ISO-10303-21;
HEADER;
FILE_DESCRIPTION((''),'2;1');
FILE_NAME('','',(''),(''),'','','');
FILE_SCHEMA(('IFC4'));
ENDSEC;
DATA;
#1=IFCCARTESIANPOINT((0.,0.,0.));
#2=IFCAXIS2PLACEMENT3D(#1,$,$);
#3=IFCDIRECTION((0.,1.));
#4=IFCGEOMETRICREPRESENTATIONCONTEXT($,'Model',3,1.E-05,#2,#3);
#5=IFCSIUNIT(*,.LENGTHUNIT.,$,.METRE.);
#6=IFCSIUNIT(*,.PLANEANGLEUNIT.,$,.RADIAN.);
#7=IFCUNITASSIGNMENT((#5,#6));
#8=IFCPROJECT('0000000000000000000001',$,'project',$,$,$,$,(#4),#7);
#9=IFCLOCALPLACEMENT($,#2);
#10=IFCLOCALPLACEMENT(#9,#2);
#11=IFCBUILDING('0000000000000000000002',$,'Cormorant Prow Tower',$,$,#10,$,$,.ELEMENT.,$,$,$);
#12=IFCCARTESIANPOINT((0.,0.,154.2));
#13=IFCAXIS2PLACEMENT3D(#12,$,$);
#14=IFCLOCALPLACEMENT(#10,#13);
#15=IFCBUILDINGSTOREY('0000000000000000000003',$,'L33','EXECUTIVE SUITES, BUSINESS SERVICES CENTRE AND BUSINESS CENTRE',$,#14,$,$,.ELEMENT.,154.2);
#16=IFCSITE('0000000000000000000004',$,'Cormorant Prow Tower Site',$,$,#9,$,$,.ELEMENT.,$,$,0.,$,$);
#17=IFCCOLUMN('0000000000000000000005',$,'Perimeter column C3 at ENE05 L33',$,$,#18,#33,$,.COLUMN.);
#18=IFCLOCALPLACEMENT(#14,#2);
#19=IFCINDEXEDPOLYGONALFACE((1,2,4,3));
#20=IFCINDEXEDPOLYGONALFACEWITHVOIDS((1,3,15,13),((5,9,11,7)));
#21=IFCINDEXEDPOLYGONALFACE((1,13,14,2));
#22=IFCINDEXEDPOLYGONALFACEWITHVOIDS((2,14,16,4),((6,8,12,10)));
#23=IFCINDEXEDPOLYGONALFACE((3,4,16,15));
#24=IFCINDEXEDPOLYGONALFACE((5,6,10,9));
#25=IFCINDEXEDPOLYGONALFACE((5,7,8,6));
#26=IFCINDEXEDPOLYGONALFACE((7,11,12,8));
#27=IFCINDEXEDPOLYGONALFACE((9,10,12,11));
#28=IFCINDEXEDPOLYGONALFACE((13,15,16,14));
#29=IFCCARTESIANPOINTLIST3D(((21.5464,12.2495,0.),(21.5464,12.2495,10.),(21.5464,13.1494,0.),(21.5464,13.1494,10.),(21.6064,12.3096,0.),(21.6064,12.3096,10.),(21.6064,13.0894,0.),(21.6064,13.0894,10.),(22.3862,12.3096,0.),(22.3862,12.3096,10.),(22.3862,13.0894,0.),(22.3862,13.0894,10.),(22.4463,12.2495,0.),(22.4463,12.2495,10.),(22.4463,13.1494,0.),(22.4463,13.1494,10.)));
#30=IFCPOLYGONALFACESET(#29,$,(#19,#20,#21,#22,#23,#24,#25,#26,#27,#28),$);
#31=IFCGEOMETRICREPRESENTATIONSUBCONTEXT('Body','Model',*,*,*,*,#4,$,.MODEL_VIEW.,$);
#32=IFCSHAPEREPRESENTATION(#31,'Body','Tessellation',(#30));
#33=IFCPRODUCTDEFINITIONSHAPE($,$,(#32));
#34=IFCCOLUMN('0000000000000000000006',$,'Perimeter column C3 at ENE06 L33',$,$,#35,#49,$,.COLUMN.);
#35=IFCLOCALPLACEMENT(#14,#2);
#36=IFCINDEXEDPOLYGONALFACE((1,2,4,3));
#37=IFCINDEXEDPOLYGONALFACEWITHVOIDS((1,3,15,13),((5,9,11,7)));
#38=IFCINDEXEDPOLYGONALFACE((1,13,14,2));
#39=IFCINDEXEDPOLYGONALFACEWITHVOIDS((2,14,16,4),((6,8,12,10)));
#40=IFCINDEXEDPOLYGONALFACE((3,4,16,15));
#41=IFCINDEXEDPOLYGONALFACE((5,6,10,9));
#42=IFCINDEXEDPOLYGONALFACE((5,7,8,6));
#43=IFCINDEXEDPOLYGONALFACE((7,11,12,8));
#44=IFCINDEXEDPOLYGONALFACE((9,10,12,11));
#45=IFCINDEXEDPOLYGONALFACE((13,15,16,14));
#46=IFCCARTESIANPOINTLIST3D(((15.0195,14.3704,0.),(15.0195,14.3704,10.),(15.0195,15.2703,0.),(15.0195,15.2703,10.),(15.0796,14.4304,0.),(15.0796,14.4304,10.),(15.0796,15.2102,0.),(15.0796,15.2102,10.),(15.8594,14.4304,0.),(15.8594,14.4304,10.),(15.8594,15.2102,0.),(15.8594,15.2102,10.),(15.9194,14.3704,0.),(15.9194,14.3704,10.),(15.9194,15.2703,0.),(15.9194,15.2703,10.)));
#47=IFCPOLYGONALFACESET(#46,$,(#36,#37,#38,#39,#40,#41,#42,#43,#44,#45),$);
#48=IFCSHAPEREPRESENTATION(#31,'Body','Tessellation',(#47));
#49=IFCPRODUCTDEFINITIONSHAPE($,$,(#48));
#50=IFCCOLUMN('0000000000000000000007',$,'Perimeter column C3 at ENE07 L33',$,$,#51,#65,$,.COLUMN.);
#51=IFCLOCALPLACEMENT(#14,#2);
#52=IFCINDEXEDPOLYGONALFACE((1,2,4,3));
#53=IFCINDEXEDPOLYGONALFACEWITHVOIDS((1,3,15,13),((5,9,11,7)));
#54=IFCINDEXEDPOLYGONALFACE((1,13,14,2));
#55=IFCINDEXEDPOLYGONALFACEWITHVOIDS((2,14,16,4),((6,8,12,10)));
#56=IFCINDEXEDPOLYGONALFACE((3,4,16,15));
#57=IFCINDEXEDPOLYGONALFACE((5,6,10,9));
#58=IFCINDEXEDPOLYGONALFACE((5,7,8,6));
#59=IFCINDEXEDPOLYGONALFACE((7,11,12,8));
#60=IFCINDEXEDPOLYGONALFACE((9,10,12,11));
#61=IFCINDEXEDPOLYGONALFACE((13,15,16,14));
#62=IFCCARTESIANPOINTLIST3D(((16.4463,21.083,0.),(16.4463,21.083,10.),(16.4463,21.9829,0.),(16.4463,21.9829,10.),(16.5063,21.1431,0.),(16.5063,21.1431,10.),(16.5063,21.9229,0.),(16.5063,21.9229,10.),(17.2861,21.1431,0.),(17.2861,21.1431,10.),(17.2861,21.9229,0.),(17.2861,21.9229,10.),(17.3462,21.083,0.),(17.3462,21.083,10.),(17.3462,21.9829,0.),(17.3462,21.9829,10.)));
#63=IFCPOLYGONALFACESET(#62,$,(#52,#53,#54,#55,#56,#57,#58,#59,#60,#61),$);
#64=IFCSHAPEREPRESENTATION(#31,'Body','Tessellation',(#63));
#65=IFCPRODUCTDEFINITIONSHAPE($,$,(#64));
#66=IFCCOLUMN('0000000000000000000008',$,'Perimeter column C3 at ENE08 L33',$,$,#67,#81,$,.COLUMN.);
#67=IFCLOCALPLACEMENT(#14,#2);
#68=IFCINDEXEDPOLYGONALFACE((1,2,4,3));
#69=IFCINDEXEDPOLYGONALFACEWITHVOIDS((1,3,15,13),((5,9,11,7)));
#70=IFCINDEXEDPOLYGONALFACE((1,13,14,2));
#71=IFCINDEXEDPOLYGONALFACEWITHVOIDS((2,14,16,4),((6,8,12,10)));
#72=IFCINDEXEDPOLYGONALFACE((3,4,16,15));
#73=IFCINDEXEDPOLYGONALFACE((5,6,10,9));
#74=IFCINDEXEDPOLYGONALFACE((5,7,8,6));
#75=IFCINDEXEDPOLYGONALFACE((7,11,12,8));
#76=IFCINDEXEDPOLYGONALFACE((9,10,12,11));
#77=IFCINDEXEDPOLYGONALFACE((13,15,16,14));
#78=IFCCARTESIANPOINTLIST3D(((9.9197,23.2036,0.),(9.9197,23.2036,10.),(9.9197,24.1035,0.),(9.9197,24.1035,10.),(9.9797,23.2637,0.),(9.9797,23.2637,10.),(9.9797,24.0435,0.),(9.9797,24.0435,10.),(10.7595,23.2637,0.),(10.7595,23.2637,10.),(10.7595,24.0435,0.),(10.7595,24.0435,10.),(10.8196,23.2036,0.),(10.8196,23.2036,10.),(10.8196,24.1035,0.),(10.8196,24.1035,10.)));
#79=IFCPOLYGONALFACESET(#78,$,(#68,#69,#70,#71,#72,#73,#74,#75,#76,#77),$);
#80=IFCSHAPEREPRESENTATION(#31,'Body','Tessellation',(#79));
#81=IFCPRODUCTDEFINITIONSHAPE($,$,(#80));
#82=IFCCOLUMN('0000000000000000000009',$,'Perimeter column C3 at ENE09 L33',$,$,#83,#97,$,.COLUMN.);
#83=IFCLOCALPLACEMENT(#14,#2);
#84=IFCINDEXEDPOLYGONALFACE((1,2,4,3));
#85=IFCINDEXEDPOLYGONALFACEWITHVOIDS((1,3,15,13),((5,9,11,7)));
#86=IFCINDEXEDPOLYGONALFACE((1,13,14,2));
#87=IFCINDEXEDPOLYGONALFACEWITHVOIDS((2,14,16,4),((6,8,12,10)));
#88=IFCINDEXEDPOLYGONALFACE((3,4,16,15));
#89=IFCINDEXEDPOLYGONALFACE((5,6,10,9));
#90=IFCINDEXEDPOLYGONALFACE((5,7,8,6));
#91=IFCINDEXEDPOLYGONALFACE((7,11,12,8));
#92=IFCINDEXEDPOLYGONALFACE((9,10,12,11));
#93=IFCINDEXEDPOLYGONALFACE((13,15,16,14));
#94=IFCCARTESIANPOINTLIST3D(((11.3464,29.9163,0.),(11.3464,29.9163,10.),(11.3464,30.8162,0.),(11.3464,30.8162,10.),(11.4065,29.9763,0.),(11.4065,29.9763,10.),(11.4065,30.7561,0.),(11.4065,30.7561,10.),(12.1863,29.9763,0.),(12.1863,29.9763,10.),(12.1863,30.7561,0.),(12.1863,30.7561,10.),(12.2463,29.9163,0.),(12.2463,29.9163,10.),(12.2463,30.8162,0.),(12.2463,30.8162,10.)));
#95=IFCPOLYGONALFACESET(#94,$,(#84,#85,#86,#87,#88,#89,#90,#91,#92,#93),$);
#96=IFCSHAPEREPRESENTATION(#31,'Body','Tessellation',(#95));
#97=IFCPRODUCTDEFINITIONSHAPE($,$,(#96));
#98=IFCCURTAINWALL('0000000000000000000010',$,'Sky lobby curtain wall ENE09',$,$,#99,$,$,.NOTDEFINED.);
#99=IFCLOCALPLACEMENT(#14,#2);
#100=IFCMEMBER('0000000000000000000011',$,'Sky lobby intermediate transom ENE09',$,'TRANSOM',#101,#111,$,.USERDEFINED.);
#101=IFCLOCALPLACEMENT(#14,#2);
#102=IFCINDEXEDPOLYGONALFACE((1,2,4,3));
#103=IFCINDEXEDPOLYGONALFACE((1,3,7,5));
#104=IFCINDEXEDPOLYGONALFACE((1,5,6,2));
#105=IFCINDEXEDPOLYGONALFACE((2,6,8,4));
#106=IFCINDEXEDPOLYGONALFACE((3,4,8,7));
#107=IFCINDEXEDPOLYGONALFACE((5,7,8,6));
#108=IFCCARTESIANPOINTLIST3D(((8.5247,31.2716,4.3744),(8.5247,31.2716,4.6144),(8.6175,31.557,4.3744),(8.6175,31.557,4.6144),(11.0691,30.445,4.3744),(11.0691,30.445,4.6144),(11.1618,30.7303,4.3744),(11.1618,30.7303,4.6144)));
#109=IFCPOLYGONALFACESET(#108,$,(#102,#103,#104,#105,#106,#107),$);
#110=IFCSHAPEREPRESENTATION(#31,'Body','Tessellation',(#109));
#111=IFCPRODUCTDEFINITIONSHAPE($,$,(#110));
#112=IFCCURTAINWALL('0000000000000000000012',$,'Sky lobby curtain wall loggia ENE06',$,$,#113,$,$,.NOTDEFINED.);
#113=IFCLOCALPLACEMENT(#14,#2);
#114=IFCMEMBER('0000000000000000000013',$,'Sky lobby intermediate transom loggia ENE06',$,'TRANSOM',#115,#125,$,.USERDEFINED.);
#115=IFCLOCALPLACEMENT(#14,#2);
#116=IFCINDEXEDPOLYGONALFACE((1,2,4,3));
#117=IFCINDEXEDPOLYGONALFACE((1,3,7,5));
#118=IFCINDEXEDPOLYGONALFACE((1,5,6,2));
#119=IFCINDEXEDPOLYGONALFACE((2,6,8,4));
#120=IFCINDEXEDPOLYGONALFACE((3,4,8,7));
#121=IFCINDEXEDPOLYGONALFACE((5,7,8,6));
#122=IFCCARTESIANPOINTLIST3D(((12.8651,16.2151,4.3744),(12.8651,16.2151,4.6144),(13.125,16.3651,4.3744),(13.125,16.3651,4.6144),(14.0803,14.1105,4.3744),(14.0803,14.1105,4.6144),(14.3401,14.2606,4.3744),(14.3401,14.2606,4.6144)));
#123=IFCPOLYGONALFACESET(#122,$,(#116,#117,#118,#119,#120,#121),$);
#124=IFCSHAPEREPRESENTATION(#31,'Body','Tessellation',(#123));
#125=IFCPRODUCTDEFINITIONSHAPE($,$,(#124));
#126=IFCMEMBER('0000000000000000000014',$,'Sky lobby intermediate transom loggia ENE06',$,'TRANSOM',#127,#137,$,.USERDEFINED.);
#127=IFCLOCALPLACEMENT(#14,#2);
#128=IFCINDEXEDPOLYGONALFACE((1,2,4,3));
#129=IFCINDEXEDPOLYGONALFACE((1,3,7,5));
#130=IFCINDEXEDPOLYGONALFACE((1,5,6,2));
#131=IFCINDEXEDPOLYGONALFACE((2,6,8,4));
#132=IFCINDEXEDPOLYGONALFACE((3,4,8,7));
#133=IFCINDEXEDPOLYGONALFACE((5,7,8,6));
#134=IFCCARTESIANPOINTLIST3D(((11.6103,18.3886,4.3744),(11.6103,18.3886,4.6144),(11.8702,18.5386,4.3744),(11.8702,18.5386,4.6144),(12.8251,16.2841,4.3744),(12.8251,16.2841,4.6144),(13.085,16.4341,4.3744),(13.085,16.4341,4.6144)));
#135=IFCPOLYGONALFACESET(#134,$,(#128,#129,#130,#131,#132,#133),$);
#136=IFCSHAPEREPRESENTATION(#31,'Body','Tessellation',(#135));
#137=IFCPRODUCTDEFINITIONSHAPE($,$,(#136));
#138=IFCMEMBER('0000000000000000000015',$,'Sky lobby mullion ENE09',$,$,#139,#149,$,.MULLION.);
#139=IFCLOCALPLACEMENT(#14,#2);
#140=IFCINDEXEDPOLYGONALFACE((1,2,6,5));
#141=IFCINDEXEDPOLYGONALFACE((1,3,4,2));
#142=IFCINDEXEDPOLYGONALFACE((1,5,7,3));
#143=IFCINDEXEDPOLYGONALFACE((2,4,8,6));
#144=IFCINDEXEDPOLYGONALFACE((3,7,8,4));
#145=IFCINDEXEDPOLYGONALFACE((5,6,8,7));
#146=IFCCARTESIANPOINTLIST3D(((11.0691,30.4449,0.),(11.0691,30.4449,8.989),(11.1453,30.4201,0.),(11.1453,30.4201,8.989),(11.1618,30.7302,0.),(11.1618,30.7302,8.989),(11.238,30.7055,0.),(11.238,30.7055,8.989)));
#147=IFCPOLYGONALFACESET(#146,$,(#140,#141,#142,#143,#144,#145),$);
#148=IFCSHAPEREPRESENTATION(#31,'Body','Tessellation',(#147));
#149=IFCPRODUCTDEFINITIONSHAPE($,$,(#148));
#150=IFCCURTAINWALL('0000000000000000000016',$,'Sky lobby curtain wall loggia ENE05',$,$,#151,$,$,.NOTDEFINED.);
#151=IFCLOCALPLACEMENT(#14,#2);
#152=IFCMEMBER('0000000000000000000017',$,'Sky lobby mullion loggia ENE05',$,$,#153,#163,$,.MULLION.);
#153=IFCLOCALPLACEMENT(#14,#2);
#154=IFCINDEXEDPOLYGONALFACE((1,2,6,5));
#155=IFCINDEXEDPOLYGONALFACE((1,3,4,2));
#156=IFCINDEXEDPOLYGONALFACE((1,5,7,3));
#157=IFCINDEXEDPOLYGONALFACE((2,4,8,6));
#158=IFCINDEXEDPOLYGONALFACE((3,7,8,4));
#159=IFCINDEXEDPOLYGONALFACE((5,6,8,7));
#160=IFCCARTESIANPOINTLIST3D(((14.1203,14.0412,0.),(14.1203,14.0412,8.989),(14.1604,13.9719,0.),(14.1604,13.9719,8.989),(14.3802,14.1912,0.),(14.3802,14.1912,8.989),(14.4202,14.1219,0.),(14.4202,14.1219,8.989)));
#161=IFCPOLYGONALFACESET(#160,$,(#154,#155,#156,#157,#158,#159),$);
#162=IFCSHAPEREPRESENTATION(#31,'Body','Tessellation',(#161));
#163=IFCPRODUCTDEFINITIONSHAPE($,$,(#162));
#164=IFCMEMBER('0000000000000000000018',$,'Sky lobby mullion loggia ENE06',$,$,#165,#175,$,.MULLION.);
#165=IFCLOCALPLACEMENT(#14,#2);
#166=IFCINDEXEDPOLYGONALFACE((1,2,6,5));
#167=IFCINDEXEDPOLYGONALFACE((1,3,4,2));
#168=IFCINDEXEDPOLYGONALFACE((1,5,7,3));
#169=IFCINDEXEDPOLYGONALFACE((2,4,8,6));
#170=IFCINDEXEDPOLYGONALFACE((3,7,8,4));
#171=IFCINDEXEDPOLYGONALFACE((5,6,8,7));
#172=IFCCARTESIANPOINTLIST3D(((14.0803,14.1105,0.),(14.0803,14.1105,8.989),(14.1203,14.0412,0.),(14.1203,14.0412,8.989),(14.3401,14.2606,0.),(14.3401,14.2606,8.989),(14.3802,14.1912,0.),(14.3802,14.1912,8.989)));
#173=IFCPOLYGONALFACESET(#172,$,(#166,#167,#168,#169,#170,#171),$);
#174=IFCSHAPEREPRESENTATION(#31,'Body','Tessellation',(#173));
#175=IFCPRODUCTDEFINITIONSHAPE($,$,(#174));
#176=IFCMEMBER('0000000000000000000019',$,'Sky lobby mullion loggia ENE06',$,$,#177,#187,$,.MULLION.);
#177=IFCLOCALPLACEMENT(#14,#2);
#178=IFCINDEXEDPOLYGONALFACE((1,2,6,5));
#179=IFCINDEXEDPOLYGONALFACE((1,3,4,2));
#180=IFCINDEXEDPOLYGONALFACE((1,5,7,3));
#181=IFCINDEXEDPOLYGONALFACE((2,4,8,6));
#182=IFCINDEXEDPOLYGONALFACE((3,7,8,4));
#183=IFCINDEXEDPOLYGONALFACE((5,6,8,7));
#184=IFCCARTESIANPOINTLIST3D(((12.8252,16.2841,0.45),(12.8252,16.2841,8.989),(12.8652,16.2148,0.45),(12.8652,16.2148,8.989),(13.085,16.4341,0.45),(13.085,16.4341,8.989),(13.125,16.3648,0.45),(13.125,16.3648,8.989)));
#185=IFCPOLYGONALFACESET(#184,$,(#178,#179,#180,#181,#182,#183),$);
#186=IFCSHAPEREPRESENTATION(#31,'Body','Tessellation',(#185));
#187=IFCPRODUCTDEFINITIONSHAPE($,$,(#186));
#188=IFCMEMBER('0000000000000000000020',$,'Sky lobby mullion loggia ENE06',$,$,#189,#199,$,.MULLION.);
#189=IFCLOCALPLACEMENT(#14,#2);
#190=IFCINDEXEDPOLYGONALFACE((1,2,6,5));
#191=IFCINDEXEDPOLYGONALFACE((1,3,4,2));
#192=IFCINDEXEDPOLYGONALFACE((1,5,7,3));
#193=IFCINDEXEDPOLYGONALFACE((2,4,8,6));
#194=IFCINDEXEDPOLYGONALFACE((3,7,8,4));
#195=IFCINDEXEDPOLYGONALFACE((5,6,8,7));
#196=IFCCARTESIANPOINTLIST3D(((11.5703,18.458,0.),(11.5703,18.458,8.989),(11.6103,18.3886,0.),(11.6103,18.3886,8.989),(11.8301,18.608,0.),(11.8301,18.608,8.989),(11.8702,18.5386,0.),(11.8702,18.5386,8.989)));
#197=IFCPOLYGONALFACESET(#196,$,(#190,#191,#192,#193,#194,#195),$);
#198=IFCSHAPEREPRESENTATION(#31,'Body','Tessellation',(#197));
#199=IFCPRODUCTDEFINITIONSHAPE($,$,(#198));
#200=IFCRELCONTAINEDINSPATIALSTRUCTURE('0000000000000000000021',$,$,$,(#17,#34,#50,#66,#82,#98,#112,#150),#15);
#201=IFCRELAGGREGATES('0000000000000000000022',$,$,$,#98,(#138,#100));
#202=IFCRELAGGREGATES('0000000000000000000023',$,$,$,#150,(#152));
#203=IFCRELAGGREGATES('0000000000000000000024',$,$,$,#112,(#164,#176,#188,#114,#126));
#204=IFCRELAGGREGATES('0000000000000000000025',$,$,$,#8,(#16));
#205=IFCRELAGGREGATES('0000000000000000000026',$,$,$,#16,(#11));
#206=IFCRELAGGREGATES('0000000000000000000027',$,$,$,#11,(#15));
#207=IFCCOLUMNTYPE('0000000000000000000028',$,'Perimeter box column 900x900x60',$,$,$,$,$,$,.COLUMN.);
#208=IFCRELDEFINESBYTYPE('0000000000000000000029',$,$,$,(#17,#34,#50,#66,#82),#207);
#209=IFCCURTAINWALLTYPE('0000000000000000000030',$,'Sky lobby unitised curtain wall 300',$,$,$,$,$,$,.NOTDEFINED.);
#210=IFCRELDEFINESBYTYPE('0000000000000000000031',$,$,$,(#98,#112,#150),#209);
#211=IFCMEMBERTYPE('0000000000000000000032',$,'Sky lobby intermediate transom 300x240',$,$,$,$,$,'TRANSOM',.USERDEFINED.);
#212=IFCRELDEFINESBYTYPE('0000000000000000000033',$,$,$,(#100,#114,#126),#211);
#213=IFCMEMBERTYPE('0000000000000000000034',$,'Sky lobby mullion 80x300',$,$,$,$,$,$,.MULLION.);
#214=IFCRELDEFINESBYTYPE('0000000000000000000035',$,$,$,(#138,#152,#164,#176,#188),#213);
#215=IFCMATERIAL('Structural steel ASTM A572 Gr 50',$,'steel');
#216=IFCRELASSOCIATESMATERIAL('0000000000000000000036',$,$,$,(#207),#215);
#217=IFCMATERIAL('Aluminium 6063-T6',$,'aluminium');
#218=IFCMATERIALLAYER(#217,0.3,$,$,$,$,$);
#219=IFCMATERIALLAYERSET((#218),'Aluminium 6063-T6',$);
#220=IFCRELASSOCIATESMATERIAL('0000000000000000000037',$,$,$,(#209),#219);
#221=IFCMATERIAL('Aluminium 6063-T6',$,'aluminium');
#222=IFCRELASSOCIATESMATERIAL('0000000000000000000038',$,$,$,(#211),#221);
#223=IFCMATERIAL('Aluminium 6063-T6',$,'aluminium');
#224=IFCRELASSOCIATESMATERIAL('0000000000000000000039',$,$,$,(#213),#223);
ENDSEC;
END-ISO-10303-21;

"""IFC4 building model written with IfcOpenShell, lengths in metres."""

from ifc_helpers import new_model, si_unit, direction, frame, origin, origin_2d, place, context, subcontext, project, spatial, rectangle, hollow_rectangle, extrude, material, layer, layer_set, material_profile, profile_set, type_object, element, aggregate, save


model = new_model("IFC4")

# Units and contexts
model_context = context("Model", 3, precision=1e-05, world=origin(), true_north=direction((0.0, 1.0)))
body_context = subcontext(model_context, "Body", "Model", "MODEL_VIEW")
ifc_project = project(units=[si_unit("LENGTHUNIT", "METRE"), si_unit("PLANEANGLEUNIT", "RADIAN")], contexts=[model_context])

# Site, building, storey
site_placement = place(None, origin())
site = spatial("IfcSite", under=ifc_project, at=site_placement, Name="Cormorant Prow Tower Site", CompositionType="ELEMENT", RefElevation=0.0)
building_placement = place(site_placement, origin())
building = spatial("IfcBuilding", under=site, at=building_placement, Name="Cormorant Prow Tower", CompositionType="ELEMENT")
storey_placement = place(building_placement, frame((0.0, 0.0, 154.2)))
storey = spatial("IfcBuildingStorey", under=building, at=storey_placement, Name="L33", Description="EXECUTIVE SUITES, BUSINESS SERVICES CENTRE AND BUSINESS CENTRE", CompositionType="ELEMENT", Elevation=154.2)

# Columns
ifc_material_1 = material(Name="Structural steel ASTM A572 Gr 50", Category="steel")
ifc_material_profile_1 = material_profile(ifc_material_1, hollow_rectangle(XDim=0.8999, YDim=0.8999, WallThickness=0.0601, at=origin_2d()), Name="Box 900x900x60")
ifc_profile_set_1 = profile_set([ifc_material_profile_1], Name="Structural steel ASTM A572 Gr 50")
column_type = type_object("IfcColumnType", Name="Perimeter box column 900x900x60", PredefinedType="COLUMN", material=ifc_profile_set_1)
for number, where, z_axis, x_axis, name in (
    (1, (21.9963, 12.6995, 0.0), (0.0, 0.0, 1.0), (1.0, 0.0, 0.0), "Perimeter column C3 at ENE05 L33"),
    (2, (15.4695, 14.8203, 0.0), (0.0, 0.0, 1.0), (1.0, 0.0, 0.0), "Perimeter column C3 at ENE06 L33"),
    (3, (16.8962, 21.533, 0.0), (0.0, 0.0, 1.0), (1.0, 0.0, 0.0), "Perimeter column C3 at ENE07 L33"),
    (4, (10.3696, 23.6536, 0.0), (0.0, 0.0, 1.0), (1.0, 0.0, 0.0), "Perimeter column C3 at ENE08 L33"),
    (5, (11.7964, 30.3662, 0.0), (0.0, 0.0, 1.0), (1.0, 0.0, 0.0), "Perimeter column C3 at ENE09 L33"),
):
    element("IfcColumn", number, at=place(storey_placement, frame(where, z_axis=z_axis, x_axis=x_axis)), inside=storey, type_object=column_type, Name=name, PredefinedType="COLUMN", context=body_context, shape_type="SweptSolid", body=[
        extrude(hollow_rectangle(XDim=0.8999, YDim=0.8999, WallThickness=0.0601, at=origin_2d()), origin(), (0.0, 0.0, 1.0), 10.0),
    ])

# Curtain wall, member
ifc_material_2 = material(Name="Aluminium 6063-T6", Category="aluminium")
ifc_layer_1 = layer(ifc_material_2, 0.3)
ifc_layer_set_1 = layer_set([ifc_layer_1], Name="Aluminium 6063-T6")
curtain_wall_type = type_object("IfcCurtainWallType", Name="Sky lobby unitised curtain wall 300", PredefinedType="NOTDEFINED", material=ifc_layer_set_1)
curtain_wall_1_placement = place(storey_placement, origin())
curtain_wall_1 = element("IfcCurtainWall", 6, at=curtain_wall_1_placement, inside=storey, type_object=curtain_wall_type, Name="Sky lobby curtain wall ENE09", PredefinedType="NOTDEFINED")
ifc_material_3 = material(Name="Aluminium 6063-T6", Category="aluminium")
ifc_material_profile_2 = material_profile(ifc_material_3, rectangle(XDim=0.3, YDim=0.24, at=origin_2d()), Name="Sky lobby intermediate transom 300x240")
ifc_profile_set_2 = profile_set([ifc_material_profile_2], Name="Aluminium 6063-T6")
member_type_1 = type_object("IfcMemberType", Name="Sky lobby intermediate transom 300x240", ElementType="TRANSOM", PredefinedType="USERDEFINED", material=ifc_profile_set_2)
member_1_placement = place(storey_placement, frame((11.1155, 30.5876, 4.4944), z_axis=(-0.951065, 0.308991, 0.0), x_axis=(-0.308991, -0.951065, 0.0)))
member_1 = element("IfcMember", 7, at=member_1_placement, type_object=member_type_1, Name="Sky lobby intermediate transom ENE09", ObjectType="TRANSOM", PredefinedType="USERDEFINED", context=body_context, shape_type="SweptSolid", body=[
    extrude(rectangle(XDim=0.3, YDim=0.24, at=origin_2d()), origin(), (0.0, 0.0, 1.0), 2.6753),
])

# Curtain wall, members
curtain_wall_2_placement = place(storey_placement, origin())
curtain_wall_2 = element("IfcCurtainWall", 8, at=curtain_wall_2_placement, inside=storey, type_object=curtain_wall_type, Name="Sky lobby curtain wall loggia ENE06", PredefinedType="NOTDEFINED")
member_2_placement = place(storey_placement, frame((14.2102, 14.1855, 4.4944), z_axis=(-0.500018, 0.866015, 0.0), x_axis=(-0.866015, -0.500018, 0.0)))
member_2 = element("IfcMember", 9, at=member_2_placement, type_object=member_type_1, Name="Sky lobby intermediate transom loggia ENE06", ObjectType="TRANSOM", PredefinedType="USERDEFINED", context=body_context, shape_type="SweptSolid", body=[
    extrude(rectangle(XDim=0.3, YDim=0.24, at=origin_2d()), origin(), (0.0, 0.0, 1.0), 2.4302),
])
member_3_placement = place(storey_placement, frame((12.9551, 16.3591, 4.4944), z_axis=(-0.499943, 0.866058, 0.0), x_axis=(-0.866058, -0.499943, 0.0)))
member_3 = element("IfcMember", 10, at=member_3_placement, type_object=member_type_1, Name="Sky lobby intermediate transom loggia ENE06", ObjectType="TRANSOM", PredefinedType="USERDEFINED", context=body_context, shape_type="SweptSolid", body=[
    extrude(rectangle(XDim=0.3, YDim=0.24, at=origin_2d()), origin(), (0.0, 0.0, 1.0), 2.4299),
])

# Member
ifc_material_4 = material(Name="Aluminium 6063-T6", Category="aluminium")
ifc_material_profile_3 = material_profile(ifc_material_4, rectangle(XDim=0.3, YDim=0.0801, at=origin_2d()), Name="Sky lobby mullion 80x300")
ifc_profile_set_3 = profile_set([ifc_material_profile_3], Name="Aluminium 6063-T6")
member_type_2 = type_object("IfcMemberType", Name="Sky lobby mullion 80x300", PredefinedType="MULLION", material=ifc_profile_set_3)
member_4_placement = place(storey_placement, frame((11.1536, 30.5752, 0.0), z_axis=(0.0, 0.0, 1.0), x_axis=(-0.309017, -0.951056, 0.0)))
member_4 = element("IfcMember", 11, at=member_4_placement, type_object=member_type_2, Name="Sky lobby mullion ENE09", PredefinedType="MULLION", context=body_context, shape_type="SweptSolid", body=[
    extrude(rectangle(XDim=0.3, YDim=0.0801, at=origin_2d()), origin(), (0.0, 0.0, 1.0), 8.989),
])

# Curtain wall, member
curtain_wall_3_placement = place(storey_placement, origin())
curtain_wall_3 = element("IfcCurtainWall", 12, at=curtain_wall_3_placement, inside=storey, type_object=curtain_wall_type, Name="Sky lobby curtain wall loggia ENE05", PredefinedType="NOTDEFINED")
member_5_placement = place(storey_placement, frame((14.2703, 14.0815, 0.0), z_axis=(0.0, 0.0, 1.0), x_axis=(-0.866025, -0.5, 0.0)))
member_5 = element("IfcMember", 13, at=member_5_placement, type_object=member_type_2, Name="Sky lobby mullion loggia ENE05", PredefinedType="MULLION", context=body_context, shape_type="SweptSolid", body=[
    extrude(rectangle(XDim=0.3, YDim=0.0801, at=origin_2d()), origin(), (0.0, 0.0, 1.0), 8.989),
])

# Members
member_6_placement = place(storey_placement, frame((14.2302, 14.1509, 0.0), z_axis=(0.0, 0.0, 1.0), x_axis=(-0.866025, -0.5, 0.0)))
member_6 = element("IfcMember", 14, at=member_6_placement, type_object=member_type_2, Name="Sky lobby mullion loggia ENE06", PredefinedType="MULLION", context=body_context, shape_type="SweptSolid", body=[
    extrude(rectangle(XDim=0.3, YDim=0.0801, at=origin_2d()), origin(), (0.0, 0.0, 1.0), 8.989),
])
member_7_placement = place(storey_placement, frame((12.9751, 16.3245, 0.45), z_axis=(0.0, 0.0, 1.0), x_axis=(-0.866025, -0.5, 0.0)))
member_7 = element("IfcMember", 15, at=member_7_placement, type_object=member_type_2, Name="Sky lobby mullion loggia ENE06", PredefinedType="MULLION", context=body_context, shape_type="SweptSolid", body=[
    extrude(rectangle(XDim=0.3, YDim=0.0801, at=origin_2d()), origin(), (0.0, 0.0, 1.0), 8.5391),
])
member_8_placement = place(storey_placement, frame((11.7202, 18.4983, 0.0), z_axis=(0.0, 0.0, 1.0), x_axis=(-0.866025, -0.5, 0.0)))
member_8 = element("IfcMember", 16, at=member_8_placement, type_object=member_type_2, Name="Sky lobby mullion loggia ENE06", PredefinedType="MULLION", context=body_context, shape_type="SweptSolid", body=[
    extrude(rectangle(XDim=0.3, YDim=0.0801, at=origin_2d()), origin(), (0.0, 0.0, 1.0), 8.989),
])
aggregate(curtain_wall_1, [member_4, member_1])

aggregate(curtain_wall_3, [member_5])
aggregate(curtain_wall_2, [member_6, member_7, member_8, member_2, member_3])

save(model, "model.ifc")
